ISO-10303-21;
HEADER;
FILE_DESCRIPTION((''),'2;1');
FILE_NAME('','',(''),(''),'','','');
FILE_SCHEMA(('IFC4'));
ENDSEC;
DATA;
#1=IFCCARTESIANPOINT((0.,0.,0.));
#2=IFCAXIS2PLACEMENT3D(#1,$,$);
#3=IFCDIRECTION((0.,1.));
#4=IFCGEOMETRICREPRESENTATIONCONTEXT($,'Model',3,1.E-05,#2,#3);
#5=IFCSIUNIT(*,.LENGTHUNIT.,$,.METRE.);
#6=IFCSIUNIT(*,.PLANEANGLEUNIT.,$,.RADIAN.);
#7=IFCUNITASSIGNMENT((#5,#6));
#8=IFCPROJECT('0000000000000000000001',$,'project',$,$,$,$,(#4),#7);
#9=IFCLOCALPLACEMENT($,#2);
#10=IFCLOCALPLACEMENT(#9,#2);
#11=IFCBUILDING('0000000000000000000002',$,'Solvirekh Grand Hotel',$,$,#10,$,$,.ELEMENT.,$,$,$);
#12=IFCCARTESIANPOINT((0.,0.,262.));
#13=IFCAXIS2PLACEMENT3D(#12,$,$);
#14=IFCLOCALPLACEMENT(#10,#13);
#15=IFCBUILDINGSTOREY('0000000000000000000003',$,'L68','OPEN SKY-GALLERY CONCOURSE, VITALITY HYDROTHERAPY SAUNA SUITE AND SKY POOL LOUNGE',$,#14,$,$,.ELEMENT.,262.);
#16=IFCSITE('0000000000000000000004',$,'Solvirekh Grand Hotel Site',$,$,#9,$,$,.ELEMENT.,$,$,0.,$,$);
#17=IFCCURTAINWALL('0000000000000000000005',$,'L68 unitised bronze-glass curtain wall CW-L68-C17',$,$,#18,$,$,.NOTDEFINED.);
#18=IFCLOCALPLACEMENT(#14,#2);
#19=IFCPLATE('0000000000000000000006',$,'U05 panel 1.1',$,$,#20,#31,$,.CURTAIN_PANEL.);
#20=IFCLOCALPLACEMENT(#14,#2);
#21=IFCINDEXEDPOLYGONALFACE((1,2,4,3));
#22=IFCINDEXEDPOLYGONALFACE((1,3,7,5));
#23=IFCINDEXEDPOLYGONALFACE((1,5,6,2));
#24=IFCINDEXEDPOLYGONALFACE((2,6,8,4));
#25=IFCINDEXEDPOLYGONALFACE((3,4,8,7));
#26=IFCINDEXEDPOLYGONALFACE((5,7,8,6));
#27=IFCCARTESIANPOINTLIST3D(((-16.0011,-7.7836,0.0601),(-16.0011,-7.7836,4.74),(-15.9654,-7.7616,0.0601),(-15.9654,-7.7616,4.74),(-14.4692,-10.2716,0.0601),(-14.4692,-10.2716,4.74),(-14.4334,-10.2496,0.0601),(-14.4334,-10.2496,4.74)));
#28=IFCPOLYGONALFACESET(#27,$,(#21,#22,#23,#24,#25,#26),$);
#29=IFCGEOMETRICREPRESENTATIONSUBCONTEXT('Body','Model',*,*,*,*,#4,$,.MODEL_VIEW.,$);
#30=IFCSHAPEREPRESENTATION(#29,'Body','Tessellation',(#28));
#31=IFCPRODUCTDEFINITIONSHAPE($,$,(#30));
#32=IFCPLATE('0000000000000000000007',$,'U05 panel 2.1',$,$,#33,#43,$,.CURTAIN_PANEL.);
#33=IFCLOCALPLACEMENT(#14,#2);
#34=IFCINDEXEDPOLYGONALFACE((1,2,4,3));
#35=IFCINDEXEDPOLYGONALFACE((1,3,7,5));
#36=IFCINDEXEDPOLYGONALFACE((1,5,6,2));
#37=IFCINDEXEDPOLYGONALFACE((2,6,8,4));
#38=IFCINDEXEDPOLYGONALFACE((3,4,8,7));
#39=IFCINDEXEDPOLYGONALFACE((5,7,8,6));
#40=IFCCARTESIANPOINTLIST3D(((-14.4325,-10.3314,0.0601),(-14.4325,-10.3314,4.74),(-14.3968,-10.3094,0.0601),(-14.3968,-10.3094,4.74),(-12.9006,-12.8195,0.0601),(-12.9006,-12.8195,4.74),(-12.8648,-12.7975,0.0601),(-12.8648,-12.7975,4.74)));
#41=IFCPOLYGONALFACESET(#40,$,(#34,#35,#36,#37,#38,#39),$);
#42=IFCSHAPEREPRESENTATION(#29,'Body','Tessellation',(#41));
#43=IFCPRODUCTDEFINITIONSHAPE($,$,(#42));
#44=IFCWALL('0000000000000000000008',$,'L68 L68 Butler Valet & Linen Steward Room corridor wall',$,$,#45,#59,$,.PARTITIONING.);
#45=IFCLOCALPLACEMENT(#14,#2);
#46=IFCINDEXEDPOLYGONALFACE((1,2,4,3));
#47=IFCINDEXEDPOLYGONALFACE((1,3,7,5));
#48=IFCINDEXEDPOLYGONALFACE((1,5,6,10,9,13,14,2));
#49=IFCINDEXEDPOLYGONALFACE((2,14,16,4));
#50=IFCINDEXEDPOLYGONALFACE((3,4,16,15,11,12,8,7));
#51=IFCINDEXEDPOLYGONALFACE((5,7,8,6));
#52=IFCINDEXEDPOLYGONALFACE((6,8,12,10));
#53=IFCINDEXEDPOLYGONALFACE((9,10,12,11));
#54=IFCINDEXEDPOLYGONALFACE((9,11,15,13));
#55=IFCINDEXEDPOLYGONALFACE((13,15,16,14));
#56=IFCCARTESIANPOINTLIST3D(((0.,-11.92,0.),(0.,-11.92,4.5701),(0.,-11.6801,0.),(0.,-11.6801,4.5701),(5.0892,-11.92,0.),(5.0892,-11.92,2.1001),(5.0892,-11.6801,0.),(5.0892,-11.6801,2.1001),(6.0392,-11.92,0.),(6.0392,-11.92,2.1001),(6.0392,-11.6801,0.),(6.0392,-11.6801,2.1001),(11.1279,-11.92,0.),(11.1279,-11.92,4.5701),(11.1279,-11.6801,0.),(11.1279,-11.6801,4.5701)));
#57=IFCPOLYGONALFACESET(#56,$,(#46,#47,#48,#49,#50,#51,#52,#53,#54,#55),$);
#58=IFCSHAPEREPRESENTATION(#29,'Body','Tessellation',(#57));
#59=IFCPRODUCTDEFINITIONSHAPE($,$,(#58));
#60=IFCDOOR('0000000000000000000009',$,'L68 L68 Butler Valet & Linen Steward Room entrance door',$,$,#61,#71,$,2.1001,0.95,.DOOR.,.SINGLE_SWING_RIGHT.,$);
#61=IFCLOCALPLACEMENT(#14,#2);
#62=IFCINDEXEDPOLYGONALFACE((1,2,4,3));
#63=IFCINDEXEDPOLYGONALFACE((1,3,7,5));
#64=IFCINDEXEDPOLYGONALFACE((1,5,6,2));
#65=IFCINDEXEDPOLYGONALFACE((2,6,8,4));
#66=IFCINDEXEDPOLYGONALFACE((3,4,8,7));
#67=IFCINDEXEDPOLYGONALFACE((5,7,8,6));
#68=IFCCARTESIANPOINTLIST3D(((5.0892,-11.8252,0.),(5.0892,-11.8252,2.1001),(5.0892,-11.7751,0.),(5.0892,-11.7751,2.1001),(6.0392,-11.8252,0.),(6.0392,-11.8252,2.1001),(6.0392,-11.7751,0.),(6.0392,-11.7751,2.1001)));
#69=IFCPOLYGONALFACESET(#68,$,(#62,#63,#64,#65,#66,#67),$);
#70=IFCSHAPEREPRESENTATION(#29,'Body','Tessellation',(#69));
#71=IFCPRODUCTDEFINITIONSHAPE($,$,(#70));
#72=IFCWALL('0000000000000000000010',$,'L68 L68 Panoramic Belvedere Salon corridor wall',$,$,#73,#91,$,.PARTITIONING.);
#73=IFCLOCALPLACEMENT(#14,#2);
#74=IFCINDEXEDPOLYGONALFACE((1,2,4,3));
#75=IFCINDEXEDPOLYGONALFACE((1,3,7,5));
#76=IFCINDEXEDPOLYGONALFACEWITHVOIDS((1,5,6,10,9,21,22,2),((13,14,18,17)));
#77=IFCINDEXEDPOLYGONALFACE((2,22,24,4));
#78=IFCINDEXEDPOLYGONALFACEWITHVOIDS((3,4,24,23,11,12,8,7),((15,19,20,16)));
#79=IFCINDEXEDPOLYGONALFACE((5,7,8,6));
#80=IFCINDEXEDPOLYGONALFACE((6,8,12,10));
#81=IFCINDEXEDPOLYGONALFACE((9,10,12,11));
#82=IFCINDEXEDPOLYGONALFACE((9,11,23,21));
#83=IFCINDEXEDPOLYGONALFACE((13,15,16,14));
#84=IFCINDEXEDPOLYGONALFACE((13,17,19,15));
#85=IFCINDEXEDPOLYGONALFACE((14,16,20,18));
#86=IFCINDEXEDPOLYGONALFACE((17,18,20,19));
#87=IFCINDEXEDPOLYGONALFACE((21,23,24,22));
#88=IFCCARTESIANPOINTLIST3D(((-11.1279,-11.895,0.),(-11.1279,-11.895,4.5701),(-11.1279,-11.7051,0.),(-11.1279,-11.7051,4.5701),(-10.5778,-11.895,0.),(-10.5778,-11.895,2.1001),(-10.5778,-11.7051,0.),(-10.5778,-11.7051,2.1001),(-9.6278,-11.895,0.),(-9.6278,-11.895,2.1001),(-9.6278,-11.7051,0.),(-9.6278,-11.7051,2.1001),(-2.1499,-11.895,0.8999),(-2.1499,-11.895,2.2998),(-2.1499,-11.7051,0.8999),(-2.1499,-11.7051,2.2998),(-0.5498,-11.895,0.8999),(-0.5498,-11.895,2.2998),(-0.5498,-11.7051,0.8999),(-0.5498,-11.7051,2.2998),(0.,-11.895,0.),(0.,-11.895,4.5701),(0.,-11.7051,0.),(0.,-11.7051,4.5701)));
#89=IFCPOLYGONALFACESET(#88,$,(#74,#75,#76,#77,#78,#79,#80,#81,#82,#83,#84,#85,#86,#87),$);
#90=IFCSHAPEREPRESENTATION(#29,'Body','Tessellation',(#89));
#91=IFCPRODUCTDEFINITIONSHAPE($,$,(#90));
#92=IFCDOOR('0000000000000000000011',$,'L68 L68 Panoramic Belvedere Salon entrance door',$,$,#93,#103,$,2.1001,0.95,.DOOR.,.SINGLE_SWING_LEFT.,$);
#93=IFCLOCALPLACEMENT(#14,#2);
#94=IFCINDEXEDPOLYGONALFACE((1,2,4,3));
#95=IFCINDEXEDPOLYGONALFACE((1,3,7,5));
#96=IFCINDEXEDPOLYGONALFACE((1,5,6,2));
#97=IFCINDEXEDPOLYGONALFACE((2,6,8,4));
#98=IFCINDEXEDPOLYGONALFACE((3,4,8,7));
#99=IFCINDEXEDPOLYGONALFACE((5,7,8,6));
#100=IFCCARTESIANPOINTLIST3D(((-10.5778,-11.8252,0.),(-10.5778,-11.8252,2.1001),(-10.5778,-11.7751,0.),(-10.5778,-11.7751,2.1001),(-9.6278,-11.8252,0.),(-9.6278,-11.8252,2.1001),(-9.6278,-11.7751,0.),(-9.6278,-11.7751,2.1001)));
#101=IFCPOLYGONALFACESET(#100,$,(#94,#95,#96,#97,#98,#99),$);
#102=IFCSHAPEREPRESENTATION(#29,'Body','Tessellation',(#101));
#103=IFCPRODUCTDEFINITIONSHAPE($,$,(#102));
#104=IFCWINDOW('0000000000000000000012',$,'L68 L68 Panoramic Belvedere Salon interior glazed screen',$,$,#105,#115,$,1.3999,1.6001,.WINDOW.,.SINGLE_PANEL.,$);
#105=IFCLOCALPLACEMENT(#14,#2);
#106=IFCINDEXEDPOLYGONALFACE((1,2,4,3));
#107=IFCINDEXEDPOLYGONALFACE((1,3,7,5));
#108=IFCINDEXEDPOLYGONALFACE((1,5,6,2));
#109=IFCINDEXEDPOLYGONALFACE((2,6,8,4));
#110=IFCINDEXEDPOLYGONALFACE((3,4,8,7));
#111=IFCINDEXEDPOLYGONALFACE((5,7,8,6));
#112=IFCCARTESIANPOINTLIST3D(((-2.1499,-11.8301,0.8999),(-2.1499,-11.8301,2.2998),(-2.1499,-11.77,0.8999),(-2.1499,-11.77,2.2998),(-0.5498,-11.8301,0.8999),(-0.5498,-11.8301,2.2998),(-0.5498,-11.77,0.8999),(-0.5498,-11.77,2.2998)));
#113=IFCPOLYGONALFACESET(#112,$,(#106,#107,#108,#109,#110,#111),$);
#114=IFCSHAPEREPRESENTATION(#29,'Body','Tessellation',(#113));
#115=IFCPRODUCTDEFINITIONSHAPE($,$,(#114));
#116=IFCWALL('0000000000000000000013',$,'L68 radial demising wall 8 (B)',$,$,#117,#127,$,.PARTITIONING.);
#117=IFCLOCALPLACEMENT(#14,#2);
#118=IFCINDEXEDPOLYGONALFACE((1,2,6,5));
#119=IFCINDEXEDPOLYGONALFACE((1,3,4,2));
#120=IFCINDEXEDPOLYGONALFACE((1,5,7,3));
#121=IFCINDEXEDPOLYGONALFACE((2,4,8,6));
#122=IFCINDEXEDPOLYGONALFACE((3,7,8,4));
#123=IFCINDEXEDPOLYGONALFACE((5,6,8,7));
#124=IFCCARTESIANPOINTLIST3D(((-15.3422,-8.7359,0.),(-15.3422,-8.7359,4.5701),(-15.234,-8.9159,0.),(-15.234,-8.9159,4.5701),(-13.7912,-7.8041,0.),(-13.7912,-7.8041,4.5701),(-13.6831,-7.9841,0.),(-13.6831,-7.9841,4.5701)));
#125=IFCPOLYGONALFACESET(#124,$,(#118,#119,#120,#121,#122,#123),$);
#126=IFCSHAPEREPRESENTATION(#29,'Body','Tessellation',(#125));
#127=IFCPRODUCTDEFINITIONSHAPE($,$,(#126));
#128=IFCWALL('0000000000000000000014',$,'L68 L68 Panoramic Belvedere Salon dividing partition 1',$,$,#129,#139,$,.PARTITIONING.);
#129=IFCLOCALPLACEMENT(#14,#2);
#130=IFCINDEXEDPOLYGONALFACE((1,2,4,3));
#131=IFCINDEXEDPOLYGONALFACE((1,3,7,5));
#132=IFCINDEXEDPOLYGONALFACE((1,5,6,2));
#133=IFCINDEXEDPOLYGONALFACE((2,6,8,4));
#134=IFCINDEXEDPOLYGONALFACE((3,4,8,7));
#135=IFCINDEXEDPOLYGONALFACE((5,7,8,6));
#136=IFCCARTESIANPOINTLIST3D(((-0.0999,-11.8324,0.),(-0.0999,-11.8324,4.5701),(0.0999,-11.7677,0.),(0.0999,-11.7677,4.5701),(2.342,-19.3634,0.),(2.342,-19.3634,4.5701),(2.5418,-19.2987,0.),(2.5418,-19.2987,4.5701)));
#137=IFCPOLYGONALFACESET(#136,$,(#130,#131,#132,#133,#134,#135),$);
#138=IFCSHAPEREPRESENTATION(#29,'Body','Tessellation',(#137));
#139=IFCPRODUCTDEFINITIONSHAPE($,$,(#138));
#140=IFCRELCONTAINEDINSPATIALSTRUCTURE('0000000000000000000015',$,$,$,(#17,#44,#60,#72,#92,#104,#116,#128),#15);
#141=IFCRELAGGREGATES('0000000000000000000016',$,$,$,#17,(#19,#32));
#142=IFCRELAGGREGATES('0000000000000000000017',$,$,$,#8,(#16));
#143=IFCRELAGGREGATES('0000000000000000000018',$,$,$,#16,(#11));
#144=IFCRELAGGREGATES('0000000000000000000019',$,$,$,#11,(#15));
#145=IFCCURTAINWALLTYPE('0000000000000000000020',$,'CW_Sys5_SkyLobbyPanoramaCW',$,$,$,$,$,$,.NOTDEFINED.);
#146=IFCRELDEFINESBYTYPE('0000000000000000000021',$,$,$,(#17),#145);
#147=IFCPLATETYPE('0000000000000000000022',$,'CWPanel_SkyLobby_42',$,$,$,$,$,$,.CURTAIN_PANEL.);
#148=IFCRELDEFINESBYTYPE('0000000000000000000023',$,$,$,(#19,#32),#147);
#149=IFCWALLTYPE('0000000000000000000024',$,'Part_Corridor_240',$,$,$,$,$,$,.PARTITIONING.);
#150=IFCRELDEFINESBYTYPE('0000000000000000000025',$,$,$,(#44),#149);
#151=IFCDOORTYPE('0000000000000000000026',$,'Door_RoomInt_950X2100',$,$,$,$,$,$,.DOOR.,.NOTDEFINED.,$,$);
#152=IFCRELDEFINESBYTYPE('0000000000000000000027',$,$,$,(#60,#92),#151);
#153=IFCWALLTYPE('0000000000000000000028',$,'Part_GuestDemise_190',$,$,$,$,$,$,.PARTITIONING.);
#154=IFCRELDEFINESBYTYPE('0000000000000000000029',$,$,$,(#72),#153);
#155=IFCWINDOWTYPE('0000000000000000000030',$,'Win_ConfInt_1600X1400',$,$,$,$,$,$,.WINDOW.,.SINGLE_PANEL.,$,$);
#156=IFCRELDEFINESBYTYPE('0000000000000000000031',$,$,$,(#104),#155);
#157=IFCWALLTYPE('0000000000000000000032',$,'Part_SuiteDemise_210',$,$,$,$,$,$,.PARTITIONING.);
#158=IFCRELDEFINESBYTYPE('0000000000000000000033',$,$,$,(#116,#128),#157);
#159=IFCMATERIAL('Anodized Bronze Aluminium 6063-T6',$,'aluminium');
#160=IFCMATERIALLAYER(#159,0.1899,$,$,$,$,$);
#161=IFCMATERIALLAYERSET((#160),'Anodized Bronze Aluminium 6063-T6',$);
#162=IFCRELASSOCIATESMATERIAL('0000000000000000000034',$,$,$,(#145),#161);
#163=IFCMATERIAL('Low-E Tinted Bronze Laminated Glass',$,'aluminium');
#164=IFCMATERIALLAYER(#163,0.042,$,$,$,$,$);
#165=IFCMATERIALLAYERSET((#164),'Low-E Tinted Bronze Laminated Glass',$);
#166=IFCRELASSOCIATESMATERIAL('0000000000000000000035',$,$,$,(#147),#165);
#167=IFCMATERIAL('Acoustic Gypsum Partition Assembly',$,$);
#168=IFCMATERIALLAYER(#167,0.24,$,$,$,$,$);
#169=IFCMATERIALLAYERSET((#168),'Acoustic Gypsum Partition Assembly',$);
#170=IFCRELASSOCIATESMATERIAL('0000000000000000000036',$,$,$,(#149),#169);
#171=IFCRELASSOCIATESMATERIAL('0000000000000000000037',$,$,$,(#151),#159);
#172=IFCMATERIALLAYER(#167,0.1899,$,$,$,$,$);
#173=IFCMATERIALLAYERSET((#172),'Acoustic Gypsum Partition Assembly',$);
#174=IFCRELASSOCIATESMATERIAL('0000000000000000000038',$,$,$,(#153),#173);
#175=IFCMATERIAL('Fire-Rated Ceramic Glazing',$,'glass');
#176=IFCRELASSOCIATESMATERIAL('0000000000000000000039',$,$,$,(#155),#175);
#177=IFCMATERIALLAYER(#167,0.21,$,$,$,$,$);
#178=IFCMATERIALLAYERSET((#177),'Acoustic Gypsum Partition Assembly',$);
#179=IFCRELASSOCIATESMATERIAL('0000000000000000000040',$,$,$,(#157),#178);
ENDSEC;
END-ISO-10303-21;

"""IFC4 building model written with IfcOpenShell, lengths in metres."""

from ifc_helpers import new_model, si_unit, direction, frame, frame_2d, origin, origin_2d, place, context, subcontext, project, spatial, rectangle, extrude, source, transform, mapped, material, layer, layer_set, type_object, element, fill, aggregate, save


model = new_model("IFC4")

# Units and contexts
model_context = context("Model", 3, precision=1e-05, world=origin(), true_north=direction((0.0, 1.0)))
body_context = subcontext(model_context, "Body", "Model", "MODEL_VIEW")
ifc_project = project(units=[si_unit("LENGTHUNIT", "METRE"), si_unit("PLANEANGLEUNIT", "RADIAN")], contexts=[model_context])

# Site, building, storey
site_placement = place(None, origin())
site = spatial("IfcSite", under=ifc_project, at=site_placement, Name="Solvirekh Grand Hotel Site", CompositionType="ELEMENT", RefElevation=0.0)
building_placement = place(site_placement, origin())
building = spatial("IfcBuilding", under=site, at=building_placement, Name="Solvirekh Grand Hotel", CompositionType="ELEMENT")
storey_placement = place(building_placement, frame((0.0, 0.0, 262.0)))
storey = spatial("IfcBuildingStorey", under=building, at=storey_placement, Name="L68", Description="OPEN SKY-GALLERY CONCOURSE, VITALITY HYDROTHERAPY SAUNA SUITE AND SKY POOL LOUNGE", CompositionType="ELEMENT", Elevation=262.0)

# Curtain wall
ifc_material_1 = material(Name="Anodized Bronze Aluminium 6063-T6", Category="aluminium")
ifc_layer_1 = layer(ifc_material_1, 0.1899)
ifc_layer_set_1 = layer_set([ifc_layer_1], Name="Anodized Bronze Aluminium 6063-T6")
curtain_wall_type = type_object("IfcCurtainWallType", Name="CW_Sys5_SkyLobbyPanoramaCW", PredefinedType="NOTDEFINED", material=ifc_layer_set_1)
curtain_wall_1_placement = place(storey_placement, origin())
curtain_wall_1 = element("IfcCurtainWall", 1, at=curtain_wall_1_placement, inside=storey, type_object=curtain_wall_type, Name="L68 unitised bronze-glass curtain wall CW-L68-C17", PredefinedType="NOTDEFINED")

# Plates
ifc_material_2 = material(Name="Low-E Tinted Bronze Laminated Glass", Category="aluminium")
ifc_layer_2 = layer(ifc_material_2, 0.042)
ifc_layer_set_2 = layer_set([ifc_layer_2], Name="Low-E Tinted Bronze Laminated Glass")
plate_type = type_object("IfcPlateType", Name="CWPanel_SkyLobby_42", PredefinedType="CURTAIN_PANEL", material=ifc_layer_set_2)
shared_shape_1 = source(origin(), body_context, "Body", "SweptSolid", [
    extrude(rectangle(XDim=2.9219, YDim=0.042, at=origin_2d()), origin(), (0.0, 0.0, 1.0), 4.6799),
])
plate_1_placement = place(storey_placement, frame((-15.2173, -9.0166, 0.0601), z_axis=(0.0, 0.0, 1.0), x_axis=(0.5243, -0.851534, 0.0)))
plate_1 = element("IfcPlate", 2, at=plate_1_placement, type_object=plate_type, Name="U05 panel 1.1", PredefinedType="CURTAIN_PANEL", context=body_context, shape_type="MappedRepresentation", body=[
    mapped(shared_shape_1, transform((0.0, 0.0, 0.0), x_axis=(1.0, 0.0, 0.0), y_axis=(0.0, 1.0, 0.0), z_axis=(0.0, 0.0, 1.0), scale=1.0)),
])
plate_2_placement = place(storey_placement, frame((-13.6487, -11.5645, 0.0601), z_axis=(0.0, 0.0, 1.0), x_axis=(0.5243, -0.851534, 0.0)))
plate_2 = element("IfcPlate", 3, at=plate_2_placement, type_object=plate_type, Name="U05 panel 2.1", PredefinedType="CURTAIN_PANEL", context=body_context, shape_type="MappedRepresentation", body=[
    mapped(shared_shape_1, transform((0.0, 0.0, 0.0), x_axis=(1.0, 0.0, 0.0), y_axis=(0.0, 1.0, 0.0), z_axis=(0.0, 0.0, 1.0), scale=1.0)),
])
aggregate(curtain_wall_1, [plate_1, plate_2])

# Wall, opening, door
ifc_material_3 = material(Name="Acoustic Gypsum Partition Assembly")
ifc_layer_3 = layer(ifc_material_3, 0.24)
ifc_layer_set_3 = layer_set([ifc_layer_3], Name="Acoustic Gypsum Partition Assembly")
wall_type_1 = type_object("IfcWallType", Name="Part_Corridor_240", PredefinedType="PARTITIONING", material=ifc_layer_set_3)
wall_1_placement = place(storey_placement, frame((0.0, -11.8, 0.0), z_axis=(0.0, 0.0, 1.0), x_axis=(1.0, 0.0, 0.0)))
wall_1 = element("IfcWall", 4, at=wall_1_placement, inside=storey, type_object=wall_type_1, Name="L68 L68 Butler Valet & Linen Steward Room corridor wall", PredefinedType="PARTITIONING", context=body_context, shape_type="SweptSolid", body=[
    extrude(rectangle(XDim=11.1279, YDim=0.24, at=frame_2d((5.564, 0.0))), origin(), (0.0, 0.0, 1.0), 4.5701),
])
opening_1_placement = place(wall_1_placement, frame((5.0891, 0.0, 0.0)))
opening_1 = element("IfcOpeningElement", 5, at=opening_1_placement, cuts=wall_1, PredefinedType="OPENING", context=body_context, shape_type="SweptSolid", body=[
    extrude(rectangle(XDim=0.95, YDim=2.1001, at=frame_2d((0.4751, 1.05))), frame((0.0, 0.1299, 0.0), z_axis=(0.0, -1.0, 0.0), x_axis=(1.0, 0.0, 0.0)), (0.0, 0.0, 1.0), 0.26),
])
door_type = type_object("IfcDoorType", Name="Door_RoomInt_950X2100", OperationType="NOTDEFINED", PredefinedType="DOOR", material=ifc_material_1)
door_1_placement = place(opening_1_placement, origin())
door_1 = element("IfcDoor", 6, at=door_1_placement, inside=storey, type_object=door_type, Name="L68 L68 Butler Valet & Linen Steward Room entrance door", OperationType="SINGLE_SWING_RIGHT", OverallHeight=2.1001, OverallWidth=0.95, PredefinedType="DOOR", context=body_context, shape_type="SweptSolid", body=[
    extrude(rectangle(XDim=0.95, YDim=2.1001, at=frame_2d((0.4751, 1.05))), frame((0.0, 0.0249, 0.0), z_axis=(0.0, -1.0, 0.0), x_axis=(1.0, 0.0, 0.0)), (0.0, 0.0, 1.0), 0.05),
])
fill(opening_1, door_1)

# Wall, openings, door, window
ifc_layer_4 = layer(ifc_material_3, 0.1899)
ifc_layer_set_4 = layer_set([ifc_layer_4], Name="Acoustic Gypsum Partition Assembly")
wall_type_2 = type_object("IfcWallType", Name="Part_GuestDemise_190", PredefinedType="PARTITIONING", material=ifc_layer_set_4)
wall_2_placement = place(storey_placement, frame((-11.1279, -11.8, 0.0), z_axis=(0.0, 0.0, 1.0), x_axis=(1.0, 0.0, 0.0)))
wall_2 = element("IfcWall", 7, at=wall_2_placement, inside=storey, type_object=wall_type_2, Name="L68 L68 Panoramic Belvedere Salon corridor wall", PredefinedType="PARTITIONING", context=body_context, shape_type="SweptSolid", body=[
    extrude(rectangle(XDim=11.1279, YDim=0.1899, at=frame_2d((5.564, 0.0))), origin(), (0.0, 0.0, 1.0), 4.5701),
])
opening_2_placement = place(wall_2_placement, frame((0.55, 0.0, 0.0)))
opening_2 = element("IfcOpeningElement", 8, at=opening_2_placement, cuts=wall_2, PredefinedType="OPENING", context=body_context, shape_type="SweptSolid", body=[
    extrude(rectangle(XDim=0.95, YDim=2.1001, at=frame_2d((0.4751, 1.05))), frame((0.0, 0.105, 0.0), z_axis=(0.0, -1.0, 0.0), x_axis=(1.0, 0.0, 0.0)), (0.0, 0.0, 1.0), 0.21),
])
opening_3_placement = place(wall_2_placement, frame((8.978, 0.0, 0.8999)))
opening_3 = element("IfcOpeningElement", 9, at=opening_3_placement, cuts=wall_2, PredefinedType="OPENING", context=body_context, shape_type="SweptSolid", body=[
    extrude(rectangle(XDim=1.6001, YDim=1.3999, at=frame_2d((0.8, 0.7))), frame((0.0, 0.105, 0.0), z_axis=(0.0, -1.0, 0.0), x_axis=(1.0, 0.0, 0.0)), (0.0, 0.0, 1.0), 0.21),
])
door_2_placement = place(opening_2_placement, origin())
door_2 = element("IfcDoor", 10, at=door_2_placement, inside=storey, type_object=door_type, Name="L68 L68 Panoramic Belvedere Salon entrance door", OperationType="SINGLE_SWING_LEFT", OverallHeight=2.1001, OverallWidth=0.95, PredefinedType="DOOR", context=body_context, shape_type="SweptSolid", body=[
    extrude(rectangle(XDim=0.95, YDim=2.1001, at=frame_2d((0.4751, 1.05))), frame((0.0, 0.0249, 0.0), z_axis=(0.0, -1.0, 0.0), x_axis=(1.0, 0.0, 0.0)), (0.0, 0.0, 1.0), 0.05),
])
fill(opening_2, door_2)
ifc_material_4 = material(Name="Fire-Rated Ceramic Glazing", Category="glass")
window_type = type_object("IfcWindowType", Name="Win_ConfInt_1600X1400", PartitioningType="SINGLE_PANEL", PredefinedType="WINDOW", material=ifc_material_4)
window_placement = place(opening_3_placement, origin())
window = element("IfcWindow", 11, at=window_placement, inside=storey, type_object=window_type, Name="L68 L68 Panoramic Belvedere Salon interior glazed screen", OverallHeight=1.3999, OverallWidth=1.6001, PartitioningType="SINGLE_PANEL", PredefinedType="WINDOW", context=body_context, shape_type="SweptSolid", body=[
    extrude(rectangle(XDim=1.6001, YDim=1.3999, at=frame_2d((0.8, 0.7))), frame((0.0, 0.03, 0.0), z_axis=(0.0, -1.0, 0.0), x_axis=(1.0, 0.0, 0.0)), (0.0, 0.0, 1.0), 0.0601),
])
fill(opening_3, window)

# Walls
ifc_layer_5 = layer(ifc_material_3, 0.21)
ifc_layer_set_5 = layer_set([ifc_layer_5], Name="Acoustic Gypsum Partition Assembly")
wall_type_3 = type_object("IfcWallType", Name="Part_SuiteDemise_210", PredefinedType="PARTITIONING", material=ifc_layer_set_5)
wall_3_placement = place(storey_placement, frame((-13.7371, -7.894, 0.0), z_axis=(0.0, 0.0, 1.0), x_axis=(-0.857183, -0.515012, 0.0)))
element("IfcWall", 12, at=wall_3_placement, inside=storey, type_object=wall_type_3, Name="L68 radial demising wall 8 (B)", PredefinedType="PARTITIONING", context=body_context, shape_type="SweptSolid", body=[
    extrude(rectangle(XDim=1.8093, YDim=0.21, at=frame_2d((0.9048, 0.0))), origin(), (0.0, 0.0, 1.0), 4.5701),
])
wall_4_placement = place(storey_placement, frame((0.0, -11.8, 0.0), z_axis=(0.0, 0.0, 1.0), x_axis=(0.308437, -0.951245, 0.0)))
element("IfcWall", 13, at=wall_4_placement, inside=storey, type_object=wall_type_3, Name="L68 L68 Panoramic Belvedere Salon dividing partition 1", PredefinedType="PARTITIONING", context=body_context, shape_type="SweptSolid", body=[
    extrude(rectangle(XDim=7.917, YDim=0.21, at=frame_2d((3.9585, 0.0))), origin(), (0.0, 0.0, 1.0), 4.5701),
])

save(model, "model.ifc")
